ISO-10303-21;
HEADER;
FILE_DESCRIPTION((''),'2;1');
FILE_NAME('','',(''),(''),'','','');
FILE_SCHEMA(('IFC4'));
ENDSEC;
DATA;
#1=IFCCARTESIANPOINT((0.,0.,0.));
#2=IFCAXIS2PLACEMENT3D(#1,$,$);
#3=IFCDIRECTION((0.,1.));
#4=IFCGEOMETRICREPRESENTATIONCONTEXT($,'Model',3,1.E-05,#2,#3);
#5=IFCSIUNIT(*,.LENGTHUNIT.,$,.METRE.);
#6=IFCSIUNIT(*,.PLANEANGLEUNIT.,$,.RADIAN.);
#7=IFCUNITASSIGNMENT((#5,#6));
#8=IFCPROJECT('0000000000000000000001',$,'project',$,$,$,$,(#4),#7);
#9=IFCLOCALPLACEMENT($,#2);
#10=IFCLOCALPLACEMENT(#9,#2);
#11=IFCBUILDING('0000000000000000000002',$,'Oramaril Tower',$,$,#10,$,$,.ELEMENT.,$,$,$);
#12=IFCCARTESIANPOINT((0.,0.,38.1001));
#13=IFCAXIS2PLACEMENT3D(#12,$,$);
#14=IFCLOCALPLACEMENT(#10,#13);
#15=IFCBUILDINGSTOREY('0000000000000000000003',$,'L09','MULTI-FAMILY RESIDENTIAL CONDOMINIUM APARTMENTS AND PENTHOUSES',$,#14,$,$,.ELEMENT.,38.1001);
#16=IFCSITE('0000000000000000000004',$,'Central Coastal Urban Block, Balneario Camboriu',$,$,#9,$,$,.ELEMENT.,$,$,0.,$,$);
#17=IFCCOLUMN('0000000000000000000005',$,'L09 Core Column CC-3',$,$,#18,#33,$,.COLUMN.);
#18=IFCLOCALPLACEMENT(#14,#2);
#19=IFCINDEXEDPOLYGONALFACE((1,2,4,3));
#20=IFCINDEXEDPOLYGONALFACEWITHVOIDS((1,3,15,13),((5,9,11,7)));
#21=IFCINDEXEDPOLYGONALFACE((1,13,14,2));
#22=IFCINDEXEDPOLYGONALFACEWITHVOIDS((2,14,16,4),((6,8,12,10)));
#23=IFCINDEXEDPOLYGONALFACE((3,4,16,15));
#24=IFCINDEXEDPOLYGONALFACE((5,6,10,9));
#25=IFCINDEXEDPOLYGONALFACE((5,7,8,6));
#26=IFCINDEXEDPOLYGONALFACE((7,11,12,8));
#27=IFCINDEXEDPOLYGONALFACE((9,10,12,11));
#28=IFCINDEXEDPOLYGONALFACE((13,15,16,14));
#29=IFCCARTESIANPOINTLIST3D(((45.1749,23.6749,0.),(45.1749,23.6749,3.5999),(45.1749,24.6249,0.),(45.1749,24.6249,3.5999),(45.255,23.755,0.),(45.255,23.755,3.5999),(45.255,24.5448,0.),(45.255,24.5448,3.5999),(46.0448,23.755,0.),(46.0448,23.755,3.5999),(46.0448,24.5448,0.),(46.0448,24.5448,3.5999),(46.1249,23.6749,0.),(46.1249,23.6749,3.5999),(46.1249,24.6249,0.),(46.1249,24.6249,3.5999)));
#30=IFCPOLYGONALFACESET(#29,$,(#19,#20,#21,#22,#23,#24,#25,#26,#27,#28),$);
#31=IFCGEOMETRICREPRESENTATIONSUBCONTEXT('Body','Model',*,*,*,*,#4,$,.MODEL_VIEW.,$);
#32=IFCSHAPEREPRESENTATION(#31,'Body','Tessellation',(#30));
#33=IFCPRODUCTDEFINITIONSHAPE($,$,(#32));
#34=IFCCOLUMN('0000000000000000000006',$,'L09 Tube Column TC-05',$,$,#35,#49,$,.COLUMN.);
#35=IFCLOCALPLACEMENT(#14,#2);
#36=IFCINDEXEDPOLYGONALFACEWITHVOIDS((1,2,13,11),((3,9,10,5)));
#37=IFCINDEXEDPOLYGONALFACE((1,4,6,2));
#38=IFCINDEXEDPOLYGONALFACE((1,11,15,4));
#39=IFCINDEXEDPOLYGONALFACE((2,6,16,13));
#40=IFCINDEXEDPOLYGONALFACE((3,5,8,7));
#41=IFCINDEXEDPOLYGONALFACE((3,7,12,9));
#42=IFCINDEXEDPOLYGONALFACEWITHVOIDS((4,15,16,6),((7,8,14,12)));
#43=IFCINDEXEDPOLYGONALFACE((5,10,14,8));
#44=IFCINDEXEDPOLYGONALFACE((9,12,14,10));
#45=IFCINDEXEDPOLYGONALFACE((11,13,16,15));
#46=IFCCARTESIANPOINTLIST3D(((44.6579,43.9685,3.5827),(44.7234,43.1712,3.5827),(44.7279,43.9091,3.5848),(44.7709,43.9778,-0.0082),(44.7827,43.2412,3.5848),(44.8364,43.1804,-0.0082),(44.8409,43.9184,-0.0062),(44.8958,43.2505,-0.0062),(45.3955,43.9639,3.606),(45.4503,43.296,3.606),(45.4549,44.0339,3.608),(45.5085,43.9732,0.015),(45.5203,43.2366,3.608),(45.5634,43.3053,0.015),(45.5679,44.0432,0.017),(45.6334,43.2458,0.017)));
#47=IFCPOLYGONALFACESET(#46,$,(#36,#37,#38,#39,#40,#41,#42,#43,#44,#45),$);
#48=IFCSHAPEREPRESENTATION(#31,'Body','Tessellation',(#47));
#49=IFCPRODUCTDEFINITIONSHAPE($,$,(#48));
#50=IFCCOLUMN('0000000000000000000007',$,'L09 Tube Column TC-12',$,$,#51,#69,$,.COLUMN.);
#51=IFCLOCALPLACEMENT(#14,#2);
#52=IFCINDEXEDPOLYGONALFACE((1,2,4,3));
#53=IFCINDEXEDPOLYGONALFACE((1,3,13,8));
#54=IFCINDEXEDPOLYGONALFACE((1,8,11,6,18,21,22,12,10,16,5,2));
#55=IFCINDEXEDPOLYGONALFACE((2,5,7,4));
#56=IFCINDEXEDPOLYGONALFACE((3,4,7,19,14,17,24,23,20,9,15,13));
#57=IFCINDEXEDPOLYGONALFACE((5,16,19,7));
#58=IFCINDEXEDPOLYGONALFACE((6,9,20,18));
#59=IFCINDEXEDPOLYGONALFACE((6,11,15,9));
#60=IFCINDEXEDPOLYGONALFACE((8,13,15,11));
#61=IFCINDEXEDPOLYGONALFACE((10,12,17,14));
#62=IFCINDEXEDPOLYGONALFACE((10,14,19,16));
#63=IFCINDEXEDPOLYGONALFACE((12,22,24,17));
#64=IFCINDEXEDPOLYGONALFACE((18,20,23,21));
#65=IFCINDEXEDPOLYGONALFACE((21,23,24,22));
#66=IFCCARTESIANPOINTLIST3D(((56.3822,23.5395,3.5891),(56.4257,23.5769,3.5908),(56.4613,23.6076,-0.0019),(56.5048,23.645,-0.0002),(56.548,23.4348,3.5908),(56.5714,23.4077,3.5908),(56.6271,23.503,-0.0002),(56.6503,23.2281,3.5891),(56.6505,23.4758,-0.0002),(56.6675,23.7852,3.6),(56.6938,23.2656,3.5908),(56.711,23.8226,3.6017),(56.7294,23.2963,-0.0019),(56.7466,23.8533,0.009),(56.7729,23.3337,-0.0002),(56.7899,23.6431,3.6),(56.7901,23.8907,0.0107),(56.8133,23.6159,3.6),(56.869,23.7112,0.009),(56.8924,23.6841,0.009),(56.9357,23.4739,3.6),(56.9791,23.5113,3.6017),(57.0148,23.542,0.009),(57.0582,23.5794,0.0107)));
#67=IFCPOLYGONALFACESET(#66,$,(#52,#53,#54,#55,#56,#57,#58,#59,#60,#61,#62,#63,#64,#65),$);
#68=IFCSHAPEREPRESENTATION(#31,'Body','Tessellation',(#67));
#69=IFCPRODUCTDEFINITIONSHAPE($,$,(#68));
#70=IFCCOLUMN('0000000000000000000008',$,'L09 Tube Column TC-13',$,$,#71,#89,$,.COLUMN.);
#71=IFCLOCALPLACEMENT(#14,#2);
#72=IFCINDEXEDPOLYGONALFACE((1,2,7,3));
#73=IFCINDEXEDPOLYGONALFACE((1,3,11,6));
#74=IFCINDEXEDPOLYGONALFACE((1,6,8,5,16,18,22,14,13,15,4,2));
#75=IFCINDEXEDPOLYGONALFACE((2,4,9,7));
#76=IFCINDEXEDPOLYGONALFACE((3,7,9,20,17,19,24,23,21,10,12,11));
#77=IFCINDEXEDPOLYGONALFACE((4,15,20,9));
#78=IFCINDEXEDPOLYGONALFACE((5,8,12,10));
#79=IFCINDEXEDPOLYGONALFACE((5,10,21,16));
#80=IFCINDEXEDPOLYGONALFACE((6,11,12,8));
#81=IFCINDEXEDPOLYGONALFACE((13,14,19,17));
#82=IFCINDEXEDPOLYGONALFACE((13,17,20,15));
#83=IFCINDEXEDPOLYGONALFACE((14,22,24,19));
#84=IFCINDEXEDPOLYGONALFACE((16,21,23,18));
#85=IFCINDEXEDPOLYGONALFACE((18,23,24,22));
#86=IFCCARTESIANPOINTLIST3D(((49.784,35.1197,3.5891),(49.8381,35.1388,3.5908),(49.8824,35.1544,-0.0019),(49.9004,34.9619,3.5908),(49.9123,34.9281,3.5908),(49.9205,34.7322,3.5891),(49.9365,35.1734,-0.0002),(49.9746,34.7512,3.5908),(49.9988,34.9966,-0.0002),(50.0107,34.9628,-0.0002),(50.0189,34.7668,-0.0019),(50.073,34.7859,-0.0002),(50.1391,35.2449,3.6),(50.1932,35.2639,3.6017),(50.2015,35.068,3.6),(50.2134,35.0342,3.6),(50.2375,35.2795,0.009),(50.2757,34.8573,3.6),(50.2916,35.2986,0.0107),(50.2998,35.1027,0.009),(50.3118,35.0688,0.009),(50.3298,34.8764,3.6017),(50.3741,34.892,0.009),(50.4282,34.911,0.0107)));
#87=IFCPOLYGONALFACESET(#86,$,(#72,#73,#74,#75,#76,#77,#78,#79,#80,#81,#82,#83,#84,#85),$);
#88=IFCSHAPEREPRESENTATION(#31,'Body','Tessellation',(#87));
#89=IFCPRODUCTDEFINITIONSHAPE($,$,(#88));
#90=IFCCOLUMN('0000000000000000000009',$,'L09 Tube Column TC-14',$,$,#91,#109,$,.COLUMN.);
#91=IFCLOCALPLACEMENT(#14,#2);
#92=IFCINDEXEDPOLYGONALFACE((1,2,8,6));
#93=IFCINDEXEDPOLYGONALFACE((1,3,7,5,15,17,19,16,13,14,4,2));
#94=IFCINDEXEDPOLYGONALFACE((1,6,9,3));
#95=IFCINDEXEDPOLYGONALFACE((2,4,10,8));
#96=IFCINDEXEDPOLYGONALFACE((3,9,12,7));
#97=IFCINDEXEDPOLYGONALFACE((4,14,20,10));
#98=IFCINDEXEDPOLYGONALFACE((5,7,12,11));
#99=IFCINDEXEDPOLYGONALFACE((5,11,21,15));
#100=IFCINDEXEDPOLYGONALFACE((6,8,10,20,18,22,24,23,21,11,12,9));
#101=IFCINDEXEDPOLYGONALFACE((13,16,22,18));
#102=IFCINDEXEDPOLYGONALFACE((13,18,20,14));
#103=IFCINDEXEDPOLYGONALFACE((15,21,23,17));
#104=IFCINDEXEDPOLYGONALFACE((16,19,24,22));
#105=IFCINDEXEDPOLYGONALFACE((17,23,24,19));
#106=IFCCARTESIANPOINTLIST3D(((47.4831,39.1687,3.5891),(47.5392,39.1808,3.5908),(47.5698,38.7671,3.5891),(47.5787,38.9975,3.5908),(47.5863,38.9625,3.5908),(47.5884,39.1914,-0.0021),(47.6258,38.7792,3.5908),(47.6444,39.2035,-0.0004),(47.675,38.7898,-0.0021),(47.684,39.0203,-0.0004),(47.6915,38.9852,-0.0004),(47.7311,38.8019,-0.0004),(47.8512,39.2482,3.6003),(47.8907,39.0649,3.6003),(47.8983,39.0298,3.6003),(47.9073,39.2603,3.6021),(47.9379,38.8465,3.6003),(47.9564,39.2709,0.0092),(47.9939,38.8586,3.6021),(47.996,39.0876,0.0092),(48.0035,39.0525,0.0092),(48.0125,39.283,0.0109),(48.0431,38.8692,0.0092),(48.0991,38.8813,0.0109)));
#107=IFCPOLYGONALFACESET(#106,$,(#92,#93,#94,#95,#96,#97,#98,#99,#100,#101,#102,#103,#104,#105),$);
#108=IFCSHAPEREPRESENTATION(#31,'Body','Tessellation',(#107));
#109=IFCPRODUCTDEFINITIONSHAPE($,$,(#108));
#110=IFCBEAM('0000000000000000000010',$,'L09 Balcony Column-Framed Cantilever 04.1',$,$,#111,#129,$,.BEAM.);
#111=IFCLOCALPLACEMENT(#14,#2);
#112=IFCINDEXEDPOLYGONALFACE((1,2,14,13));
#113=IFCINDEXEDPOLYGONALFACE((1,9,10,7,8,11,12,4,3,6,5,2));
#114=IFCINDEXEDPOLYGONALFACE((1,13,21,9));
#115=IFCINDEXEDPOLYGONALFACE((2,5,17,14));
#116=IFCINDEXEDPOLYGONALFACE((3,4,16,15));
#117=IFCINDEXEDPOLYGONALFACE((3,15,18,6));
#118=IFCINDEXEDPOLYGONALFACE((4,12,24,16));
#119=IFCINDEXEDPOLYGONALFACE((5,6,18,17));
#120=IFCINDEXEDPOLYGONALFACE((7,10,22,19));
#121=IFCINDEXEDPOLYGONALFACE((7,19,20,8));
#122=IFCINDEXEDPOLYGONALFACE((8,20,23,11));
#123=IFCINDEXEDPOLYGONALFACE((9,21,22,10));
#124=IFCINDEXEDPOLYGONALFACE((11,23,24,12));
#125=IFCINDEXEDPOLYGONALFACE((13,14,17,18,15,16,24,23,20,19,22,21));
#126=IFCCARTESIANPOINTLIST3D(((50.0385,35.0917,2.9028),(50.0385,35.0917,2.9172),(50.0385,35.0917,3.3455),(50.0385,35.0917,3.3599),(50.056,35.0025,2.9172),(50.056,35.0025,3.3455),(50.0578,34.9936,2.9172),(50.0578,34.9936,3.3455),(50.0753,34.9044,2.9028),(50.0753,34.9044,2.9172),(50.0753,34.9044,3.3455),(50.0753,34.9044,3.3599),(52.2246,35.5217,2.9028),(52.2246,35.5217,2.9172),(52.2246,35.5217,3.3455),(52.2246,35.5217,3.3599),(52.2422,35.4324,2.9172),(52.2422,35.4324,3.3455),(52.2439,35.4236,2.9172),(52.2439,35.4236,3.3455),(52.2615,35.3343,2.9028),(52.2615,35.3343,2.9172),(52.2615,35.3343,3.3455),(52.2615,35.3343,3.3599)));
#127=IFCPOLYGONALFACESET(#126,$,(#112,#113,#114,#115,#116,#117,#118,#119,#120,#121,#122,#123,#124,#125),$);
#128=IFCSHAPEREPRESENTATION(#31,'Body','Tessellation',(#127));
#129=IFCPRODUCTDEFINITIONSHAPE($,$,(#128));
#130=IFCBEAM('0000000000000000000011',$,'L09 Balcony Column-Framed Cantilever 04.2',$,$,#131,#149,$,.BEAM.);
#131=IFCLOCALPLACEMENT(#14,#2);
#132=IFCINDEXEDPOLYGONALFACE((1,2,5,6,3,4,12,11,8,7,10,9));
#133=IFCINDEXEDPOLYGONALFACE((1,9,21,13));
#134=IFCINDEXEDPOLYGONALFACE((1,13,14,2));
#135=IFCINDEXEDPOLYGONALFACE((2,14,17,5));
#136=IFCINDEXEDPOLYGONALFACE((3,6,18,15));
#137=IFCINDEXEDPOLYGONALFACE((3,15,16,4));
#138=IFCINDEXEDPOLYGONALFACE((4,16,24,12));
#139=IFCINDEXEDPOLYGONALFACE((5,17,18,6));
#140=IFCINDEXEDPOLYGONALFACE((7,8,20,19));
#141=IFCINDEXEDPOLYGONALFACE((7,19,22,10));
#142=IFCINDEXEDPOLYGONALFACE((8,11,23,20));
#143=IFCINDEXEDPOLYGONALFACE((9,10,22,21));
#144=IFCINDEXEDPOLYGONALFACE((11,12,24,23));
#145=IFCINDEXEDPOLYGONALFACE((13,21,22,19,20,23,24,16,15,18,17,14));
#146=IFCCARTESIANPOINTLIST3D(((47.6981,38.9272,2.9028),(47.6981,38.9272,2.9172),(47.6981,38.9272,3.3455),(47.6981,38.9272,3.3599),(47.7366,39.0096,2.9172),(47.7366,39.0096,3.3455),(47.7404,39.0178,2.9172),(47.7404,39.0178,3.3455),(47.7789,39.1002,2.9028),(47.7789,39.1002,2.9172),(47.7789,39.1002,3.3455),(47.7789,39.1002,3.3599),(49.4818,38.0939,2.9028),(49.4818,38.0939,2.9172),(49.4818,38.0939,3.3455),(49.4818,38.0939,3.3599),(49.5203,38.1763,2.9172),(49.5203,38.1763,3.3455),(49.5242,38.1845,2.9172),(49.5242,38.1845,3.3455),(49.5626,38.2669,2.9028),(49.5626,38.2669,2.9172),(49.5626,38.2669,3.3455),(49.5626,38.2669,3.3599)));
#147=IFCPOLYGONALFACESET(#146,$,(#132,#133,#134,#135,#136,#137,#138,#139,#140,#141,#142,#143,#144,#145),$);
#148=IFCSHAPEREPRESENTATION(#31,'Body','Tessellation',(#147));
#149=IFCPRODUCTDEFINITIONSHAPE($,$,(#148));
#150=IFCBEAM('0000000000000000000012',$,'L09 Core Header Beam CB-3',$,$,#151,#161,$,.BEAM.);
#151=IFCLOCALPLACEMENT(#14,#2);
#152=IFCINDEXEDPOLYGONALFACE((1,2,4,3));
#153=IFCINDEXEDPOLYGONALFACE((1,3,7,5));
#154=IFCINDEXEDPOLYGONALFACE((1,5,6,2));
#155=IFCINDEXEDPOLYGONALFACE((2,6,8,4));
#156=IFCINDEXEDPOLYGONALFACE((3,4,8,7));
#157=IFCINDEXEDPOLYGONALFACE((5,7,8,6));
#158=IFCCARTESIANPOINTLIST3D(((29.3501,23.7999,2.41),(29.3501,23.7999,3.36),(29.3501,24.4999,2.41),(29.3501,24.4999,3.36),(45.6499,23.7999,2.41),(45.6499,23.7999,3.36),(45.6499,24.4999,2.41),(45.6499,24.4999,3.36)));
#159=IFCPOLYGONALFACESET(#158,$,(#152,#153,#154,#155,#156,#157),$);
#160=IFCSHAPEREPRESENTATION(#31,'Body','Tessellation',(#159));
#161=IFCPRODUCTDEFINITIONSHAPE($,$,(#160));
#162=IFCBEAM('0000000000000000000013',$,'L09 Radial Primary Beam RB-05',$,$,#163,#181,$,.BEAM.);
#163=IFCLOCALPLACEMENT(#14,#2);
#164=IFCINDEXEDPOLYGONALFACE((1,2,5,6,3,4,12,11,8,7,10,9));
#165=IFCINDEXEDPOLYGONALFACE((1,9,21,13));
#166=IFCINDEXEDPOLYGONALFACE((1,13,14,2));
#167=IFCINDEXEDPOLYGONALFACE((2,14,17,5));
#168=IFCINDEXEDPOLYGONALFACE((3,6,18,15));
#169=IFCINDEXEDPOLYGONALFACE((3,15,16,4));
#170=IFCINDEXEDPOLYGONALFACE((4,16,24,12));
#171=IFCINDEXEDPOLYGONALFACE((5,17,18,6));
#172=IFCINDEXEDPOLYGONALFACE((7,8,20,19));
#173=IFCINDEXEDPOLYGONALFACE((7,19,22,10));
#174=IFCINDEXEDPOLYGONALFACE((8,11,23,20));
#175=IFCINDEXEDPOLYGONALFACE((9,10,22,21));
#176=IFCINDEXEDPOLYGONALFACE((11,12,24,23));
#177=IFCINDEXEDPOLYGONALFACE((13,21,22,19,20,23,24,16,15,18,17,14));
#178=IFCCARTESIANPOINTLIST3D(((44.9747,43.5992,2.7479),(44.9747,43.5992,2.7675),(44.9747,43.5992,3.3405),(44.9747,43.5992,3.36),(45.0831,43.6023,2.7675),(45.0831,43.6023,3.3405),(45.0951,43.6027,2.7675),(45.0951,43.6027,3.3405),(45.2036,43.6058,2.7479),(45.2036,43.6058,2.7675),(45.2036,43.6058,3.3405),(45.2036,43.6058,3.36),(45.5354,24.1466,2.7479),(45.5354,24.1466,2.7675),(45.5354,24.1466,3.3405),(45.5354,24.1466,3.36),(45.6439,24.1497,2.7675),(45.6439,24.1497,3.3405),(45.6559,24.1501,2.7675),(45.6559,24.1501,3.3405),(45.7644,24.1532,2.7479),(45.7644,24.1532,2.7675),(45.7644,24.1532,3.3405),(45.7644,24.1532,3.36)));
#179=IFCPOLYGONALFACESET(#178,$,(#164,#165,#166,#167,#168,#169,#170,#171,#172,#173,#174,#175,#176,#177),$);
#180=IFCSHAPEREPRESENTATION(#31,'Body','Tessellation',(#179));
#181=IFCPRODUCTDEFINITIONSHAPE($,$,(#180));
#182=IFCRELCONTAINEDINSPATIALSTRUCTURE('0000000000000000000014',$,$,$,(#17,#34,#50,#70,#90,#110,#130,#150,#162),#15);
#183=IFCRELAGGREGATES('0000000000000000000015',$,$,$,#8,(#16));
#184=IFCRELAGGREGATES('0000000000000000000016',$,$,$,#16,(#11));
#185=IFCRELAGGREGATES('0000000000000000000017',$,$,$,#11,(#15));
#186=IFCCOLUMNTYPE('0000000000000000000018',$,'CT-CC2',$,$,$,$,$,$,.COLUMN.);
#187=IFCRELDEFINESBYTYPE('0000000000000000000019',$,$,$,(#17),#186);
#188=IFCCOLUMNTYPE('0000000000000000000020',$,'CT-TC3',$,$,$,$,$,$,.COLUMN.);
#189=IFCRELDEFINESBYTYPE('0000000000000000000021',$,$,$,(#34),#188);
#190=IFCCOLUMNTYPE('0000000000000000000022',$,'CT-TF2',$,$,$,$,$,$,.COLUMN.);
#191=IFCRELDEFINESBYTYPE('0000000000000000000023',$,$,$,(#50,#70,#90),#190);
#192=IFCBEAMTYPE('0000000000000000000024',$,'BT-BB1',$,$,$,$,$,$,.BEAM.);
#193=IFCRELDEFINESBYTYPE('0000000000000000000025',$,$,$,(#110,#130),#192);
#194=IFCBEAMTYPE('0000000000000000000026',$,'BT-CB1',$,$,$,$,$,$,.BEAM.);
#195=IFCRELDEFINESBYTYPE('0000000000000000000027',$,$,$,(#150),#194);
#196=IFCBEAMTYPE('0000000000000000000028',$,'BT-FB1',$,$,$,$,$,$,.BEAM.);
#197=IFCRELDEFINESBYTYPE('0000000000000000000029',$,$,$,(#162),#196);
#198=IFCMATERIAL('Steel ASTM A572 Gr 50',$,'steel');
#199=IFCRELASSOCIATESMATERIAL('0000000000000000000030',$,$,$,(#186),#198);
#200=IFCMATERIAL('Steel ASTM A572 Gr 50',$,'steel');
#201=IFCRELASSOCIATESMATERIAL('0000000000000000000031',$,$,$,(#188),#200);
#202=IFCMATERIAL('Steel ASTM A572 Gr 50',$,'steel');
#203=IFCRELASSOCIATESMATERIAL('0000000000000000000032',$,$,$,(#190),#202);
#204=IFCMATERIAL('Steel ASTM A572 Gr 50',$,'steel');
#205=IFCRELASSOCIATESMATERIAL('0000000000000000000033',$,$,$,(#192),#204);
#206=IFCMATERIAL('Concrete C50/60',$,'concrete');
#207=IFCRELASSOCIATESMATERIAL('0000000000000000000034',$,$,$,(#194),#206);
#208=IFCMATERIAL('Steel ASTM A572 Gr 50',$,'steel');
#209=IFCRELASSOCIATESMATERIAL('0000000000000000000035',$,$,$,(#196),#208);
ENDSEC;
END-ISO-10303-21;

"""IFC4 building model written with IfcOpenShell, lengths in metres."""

from ifc_helpers import new_model, si_unit, direction, frame, origin, origin_2d, place, context, subcontext, project, spatial, rectangle, hollow_rectangle, i_section, extrude, material, material_profile, profile_set, type_object, element, save


model = new_model("IFC4")

# Units and contexts
model_context = context("Model", 3, precision=1e-05, world=origin(), true_north=direction((0.0, 1.0)))
body_context = subcontext(model_context, "Body", "Model", "MODEL_VIEW")
ifc_project = project(units=[si_unit("LENGTHUNIT", "METRE"), si_unit("PLANEANGLEUNIT", "RADIAN")], contexts=[model_context])

# Site, building, storey
site_placement = place(None, origin())
site = spatial("IfcSite", under=ifc_project, at=site_placement, Name="Central Coastal Urban Block, Balneario Camboriu", CompositionType="ELEMENT", RefElevation=0.0)
building_placement = place(site_placement, origin())
building = spatial("IfcBuilding", under=site, at=building_placement, Name="Oramaril Tower", CompositionType="ELEMENT")
storey_placement = place(building_placement, frame((0.0, 0.0, 38.1001)))
storey = spatial("IfcBuildingStorey", under=building, at=storey_placement, Name="L09", Description="MULTI-FAMILY RESIDENTIAL CONDOMINIUM APARTMENTS AND PENTHOUSES", CompositionType="ELEMENT", Elevation=38.1001)

# Columns
ifc_material_1 = material(Name="Steel ASTM A572 Gr 50", Category="steel")
ifc_material_profile_1 = material_profile(ifc_material_1, hollow_rectangle(XDim=0.95, YDim=0.95, WallThickness=0.0801, at=origin_2d()), Name="BOX950X950X80")
ifc_profile_set_1 = profile_set([ifc_material_profile_1], Name="Steel ASTM A572 Gr 50")
column_type_1 = type_object("IfcColumnType", Name="CT-CC2", PredefinedType="COLUMN", material=ifc_profile_set_1)
column_1_placement = place(storey_placement, frame((45.6499, 24.1499, 0.0), z_axis=(0.0, 0.0, 1.0), x_axis=(1.0, 0.0, 0.0)))
element("IfcColumn", 1, at=column_1_placement, inside=storey, type_object=column_type_1, Name="L09 Core Column CC-3", PredefinedType="COLUMN", context=body_context, shape_type="SweptSolid", body=[
    extrude(hollow_rectangle(XDim=0.95, YDim=0.95, WallThickness=0.0801, at=origin_2d()), origin(), (0.0, 0.0, 1.0), 3.5999),
])
ifc_material_2 = material(Name="Steel ASTM A572 Gr 50", Category="steel")
ifc_material_profile_2 = material_profile(ifc_material_2, hollow_rectangle(XDim=0.8, YDim=0.8, WallThickness=0.0649, at=origin_2d()), Name="BOX800X800X65")
ifc_profile_set_2 = profile_set([ifc_material_profile_2], Name="Steel ASTM A572 Gr 50")
column_type_2 = type_object("IfcColumnType", Name="CT-TC3", PredefinedType="COLUMN", material=ifc_profile_set_2)
column_2_placement = place(storey_placement, frame((45.2021, 43.6118, 0.0044), z_axis=(-0.031462, -0.002582, 0.999502), x_axis=(0.081798, -0.996649, 0.0)))
element("IfcColumn", 2, at=column_2_placement, inside=storey, type_object=column_type_2, Name="L09 Tube Column TC-05", PredefinedType="COLUMN", context=body_context, shape_type="SweptSolid", body=[
    extrude(hollow_rectangle(XDim=0.8, YDim=0.8, WallThickness=0.0649, at=origin_2d()), origin(), (0.0, 0.0, 1.0), 3.5928),
])
ifc_material_3 = material(Name="Steel ASTM A572 Gr 50", Category="steel")
ifc_material_profile_3 = material_profile(ifc_material_3, i_section(OverallWidth=0.4109, OverallDepth=0.4341, WebThickness=0.0359, FlangeThickness=0.0574, at=origin_2d()), Name="W14X311")
ifc_profile_set_3 = profile_set([ifc_material_profile_3], Name="Steel ASTM A572 Gr 50")
column_type_3 = type_object("IfcColumnType", Name="CT-TF2", PredefinedType="COLUMN", material=ifc_profile_set_3)
for number, where, z_axis, x_axis, name in (
    (3, (56.7598, 23.5935, 0.0044), (-0.022018, -0.01896, 0.999578), (0.652523, -0.757769, 0.0), "L09 Tube Column TC-12"),
    (4, (50.1553, 35.0327, 0.0044), (-0.027387, -0.00965, 0.999578), (0.33233, -0.943163, 0.0), "L09 Tube Column TC-13"),
):
    element("IfcColumn", number, at=place(storey_placement, frame(where, z_axis=z_axis, x_axis=x_axis)), inside=storey, type_object=column_type_3, Name=name, PredefinedType="COLUMN", context=body_context, shape_type="SweptSolid", body=[
        extrude(i_section(OverallWidth=0.4109, OverallDepth=0.4341, WebThickness=0.0359, FlangeThickness=0.0574, at=origin_2d()), origin(), (0.0, 0.0, 1.0), 3.5925),
    ])
column_3_placement = place(storey_placement, frame((47.8438, 39.0364, 0.0044), z_axis=(-0.029289, -0.00632, 0.999551), x_axis=(0.210923, -0.977503, 0.0)))
element("IfcColumn", 5, at=column_3_placement, inside=storey, type_object=column_type_3, Name="L09 Tube Column TC-14", PredefinedType="COLUMN", context=body_context, shape_type="SweptSolid", body=[
    extrude(i_section(OverallWidth=0.4109, OverallDepth=0.4341, WebThickness=0.0359, FlangeThickness=0.0574, at=origin_2d()), origin(), (0.0, 0.0, 1.0), 3.5928),
])

# Beams
ifc_material_4 = material(Name="Steel ASTM A572 Gr 50", Category="steel")
ifc_material_profile_4 = material_profile(ifc_material_4, i_section(OverallWidth=0.1909, OverallDepth=0.457, WebThickness=0.009, FlangeThickness=0.0144, at=origin_2d()), Name="W18X50")
ifc_profile_set_4 = profile_set([ifc_material_profile_4], Name="Steel ASTM A572 Gr 50")
beam_type_1 = type_object("IfcBeamType", Name="BT-BB1", PredefinedType="BEAM", material=ifc_profile_set_4)
beam_1_placement = place(storey_placement, frame((50.0569, 34.998, 3.1313), z_axis=(0.981204, 0.192975, 0.0), x_axis=(-0.192975, 0.981204, 0.0)))
element("IfcBeam", 6, at=beam_1_placement, inside=storey, type_object=beam_type_1, Name="L09 Balcony Column-Framed Cantilever 04.1", PredefinedType="BEAM", context=body_context, shape_type="SweptSolid", body=[
    extrude(i_section(OverallWidth=0.1909, OverallDepth=0.457, WebThickness=0.009, FlangeThickness=0.0144, at=origin_2d()), origin(), (0.0, 0.0, 1.0), 2.228),
])
beam_2_placement = place(storey_placement, frame((47.7385, 39.0137, 3.1313), z_axis=(0.906015, -0.423245, 0.0), x_axis=(0.423245, 0.906015, 0.0)))
element("IfcBeam", 7, at=beam_2_placement, inside=storey, type_object=beam_type_1, Name="L09 Balcony Column-Framed Cantilever 04.2", PredefinedType="BEAM", context=body_context, shape_type="SweptSolid", body=[
    extrude(i_section(OverallWidth=0.1909, OverallDepth=0.457, WebThickness=0.009, FlangeThickness=0.0144, at=origin_2d()), origin(), (0.0, 0.0, 1.0), 1.9688),
])
ifc_material_5 = material(Name="Concrete C50/60", Category="concrete")
ifc_material_profile_5 = material_profile(ifc_material_5, rectangle(XDim=0.7, YDim=0.95, at=origin_2d()), Name="CB700X950")
ifc_profile_set_5 = profile_set([ifc_material_profile_5], Name="Concrete C50/60")
beam_type_2 = type_object("IfcBeamType", Name="BT-CB1", PredefinedType="BEAM", material=ifc_profile_set_5)
beam_3_placement = place(storey_placement, frame((45.6499, 24.1499, 2.885), z_axis=(-1.0, 0.0, 0.0), x_axis=(0.0, -1.0, 0.0)))
element("IfcBeam", 8, at=beam_3_placement, inside=storey, type_object=beam_type_2, Name="L09 Core Header Beam CB-3", PredefinedType="BEAM", context=body_context, shape_type="SweptSolid", body=[
    extrude(rectangle(XDim=0.7, YDim=0.95, at=origin_2d()), origin(), (0.0, 0.0, 1.0), 16.2998),
])
ifc_material_6 = material(Name="Steel ASTM A572 Gr 50", Category="steel")
ifc_material_profile_6 = material_profile(ifc_material_6, i_section(OverallWidth=0.229, OverallDepth=0.6121, WebThickness=0.012, FlangeThickness=0.0195, at=origin_2d()), Name="W24X84")
ifc_profile_set_6 = profile_set([ifc_material_profile_6], Name="Steel ASTM A572 Gr 50")
beam_type_3 = type_object("IfcBeamType", Name="BT-FB1", PredefinedType="BEAM", material=ifc_profile_set_6)
beam_4_placement = place(storey_placement, frame((45.6499, 24.1499, 3.054), z_axis=(-0.028817, 0.999585, 0.0), x_axis=(-0.999585, -0.028817, 0.0)))
element("IfcBeam", 9, at=beam_4_placement, inside=storey, type_object=beam_type_3, Name="L09 Radial Primary Beam RB-05", PredefinedType="BEAM", context=body_context, shape_type="SweptSolid", body=[
    extrude(i_section(OverallWidth=0.229, OverallDepth=0.6121, WebThickness=0.012, FlangeThickness=0.0195, at=origin_2d()), origin(), (0.0, 0.0, 1.0), 19.4607),
])

save(model, "model.ifc")
